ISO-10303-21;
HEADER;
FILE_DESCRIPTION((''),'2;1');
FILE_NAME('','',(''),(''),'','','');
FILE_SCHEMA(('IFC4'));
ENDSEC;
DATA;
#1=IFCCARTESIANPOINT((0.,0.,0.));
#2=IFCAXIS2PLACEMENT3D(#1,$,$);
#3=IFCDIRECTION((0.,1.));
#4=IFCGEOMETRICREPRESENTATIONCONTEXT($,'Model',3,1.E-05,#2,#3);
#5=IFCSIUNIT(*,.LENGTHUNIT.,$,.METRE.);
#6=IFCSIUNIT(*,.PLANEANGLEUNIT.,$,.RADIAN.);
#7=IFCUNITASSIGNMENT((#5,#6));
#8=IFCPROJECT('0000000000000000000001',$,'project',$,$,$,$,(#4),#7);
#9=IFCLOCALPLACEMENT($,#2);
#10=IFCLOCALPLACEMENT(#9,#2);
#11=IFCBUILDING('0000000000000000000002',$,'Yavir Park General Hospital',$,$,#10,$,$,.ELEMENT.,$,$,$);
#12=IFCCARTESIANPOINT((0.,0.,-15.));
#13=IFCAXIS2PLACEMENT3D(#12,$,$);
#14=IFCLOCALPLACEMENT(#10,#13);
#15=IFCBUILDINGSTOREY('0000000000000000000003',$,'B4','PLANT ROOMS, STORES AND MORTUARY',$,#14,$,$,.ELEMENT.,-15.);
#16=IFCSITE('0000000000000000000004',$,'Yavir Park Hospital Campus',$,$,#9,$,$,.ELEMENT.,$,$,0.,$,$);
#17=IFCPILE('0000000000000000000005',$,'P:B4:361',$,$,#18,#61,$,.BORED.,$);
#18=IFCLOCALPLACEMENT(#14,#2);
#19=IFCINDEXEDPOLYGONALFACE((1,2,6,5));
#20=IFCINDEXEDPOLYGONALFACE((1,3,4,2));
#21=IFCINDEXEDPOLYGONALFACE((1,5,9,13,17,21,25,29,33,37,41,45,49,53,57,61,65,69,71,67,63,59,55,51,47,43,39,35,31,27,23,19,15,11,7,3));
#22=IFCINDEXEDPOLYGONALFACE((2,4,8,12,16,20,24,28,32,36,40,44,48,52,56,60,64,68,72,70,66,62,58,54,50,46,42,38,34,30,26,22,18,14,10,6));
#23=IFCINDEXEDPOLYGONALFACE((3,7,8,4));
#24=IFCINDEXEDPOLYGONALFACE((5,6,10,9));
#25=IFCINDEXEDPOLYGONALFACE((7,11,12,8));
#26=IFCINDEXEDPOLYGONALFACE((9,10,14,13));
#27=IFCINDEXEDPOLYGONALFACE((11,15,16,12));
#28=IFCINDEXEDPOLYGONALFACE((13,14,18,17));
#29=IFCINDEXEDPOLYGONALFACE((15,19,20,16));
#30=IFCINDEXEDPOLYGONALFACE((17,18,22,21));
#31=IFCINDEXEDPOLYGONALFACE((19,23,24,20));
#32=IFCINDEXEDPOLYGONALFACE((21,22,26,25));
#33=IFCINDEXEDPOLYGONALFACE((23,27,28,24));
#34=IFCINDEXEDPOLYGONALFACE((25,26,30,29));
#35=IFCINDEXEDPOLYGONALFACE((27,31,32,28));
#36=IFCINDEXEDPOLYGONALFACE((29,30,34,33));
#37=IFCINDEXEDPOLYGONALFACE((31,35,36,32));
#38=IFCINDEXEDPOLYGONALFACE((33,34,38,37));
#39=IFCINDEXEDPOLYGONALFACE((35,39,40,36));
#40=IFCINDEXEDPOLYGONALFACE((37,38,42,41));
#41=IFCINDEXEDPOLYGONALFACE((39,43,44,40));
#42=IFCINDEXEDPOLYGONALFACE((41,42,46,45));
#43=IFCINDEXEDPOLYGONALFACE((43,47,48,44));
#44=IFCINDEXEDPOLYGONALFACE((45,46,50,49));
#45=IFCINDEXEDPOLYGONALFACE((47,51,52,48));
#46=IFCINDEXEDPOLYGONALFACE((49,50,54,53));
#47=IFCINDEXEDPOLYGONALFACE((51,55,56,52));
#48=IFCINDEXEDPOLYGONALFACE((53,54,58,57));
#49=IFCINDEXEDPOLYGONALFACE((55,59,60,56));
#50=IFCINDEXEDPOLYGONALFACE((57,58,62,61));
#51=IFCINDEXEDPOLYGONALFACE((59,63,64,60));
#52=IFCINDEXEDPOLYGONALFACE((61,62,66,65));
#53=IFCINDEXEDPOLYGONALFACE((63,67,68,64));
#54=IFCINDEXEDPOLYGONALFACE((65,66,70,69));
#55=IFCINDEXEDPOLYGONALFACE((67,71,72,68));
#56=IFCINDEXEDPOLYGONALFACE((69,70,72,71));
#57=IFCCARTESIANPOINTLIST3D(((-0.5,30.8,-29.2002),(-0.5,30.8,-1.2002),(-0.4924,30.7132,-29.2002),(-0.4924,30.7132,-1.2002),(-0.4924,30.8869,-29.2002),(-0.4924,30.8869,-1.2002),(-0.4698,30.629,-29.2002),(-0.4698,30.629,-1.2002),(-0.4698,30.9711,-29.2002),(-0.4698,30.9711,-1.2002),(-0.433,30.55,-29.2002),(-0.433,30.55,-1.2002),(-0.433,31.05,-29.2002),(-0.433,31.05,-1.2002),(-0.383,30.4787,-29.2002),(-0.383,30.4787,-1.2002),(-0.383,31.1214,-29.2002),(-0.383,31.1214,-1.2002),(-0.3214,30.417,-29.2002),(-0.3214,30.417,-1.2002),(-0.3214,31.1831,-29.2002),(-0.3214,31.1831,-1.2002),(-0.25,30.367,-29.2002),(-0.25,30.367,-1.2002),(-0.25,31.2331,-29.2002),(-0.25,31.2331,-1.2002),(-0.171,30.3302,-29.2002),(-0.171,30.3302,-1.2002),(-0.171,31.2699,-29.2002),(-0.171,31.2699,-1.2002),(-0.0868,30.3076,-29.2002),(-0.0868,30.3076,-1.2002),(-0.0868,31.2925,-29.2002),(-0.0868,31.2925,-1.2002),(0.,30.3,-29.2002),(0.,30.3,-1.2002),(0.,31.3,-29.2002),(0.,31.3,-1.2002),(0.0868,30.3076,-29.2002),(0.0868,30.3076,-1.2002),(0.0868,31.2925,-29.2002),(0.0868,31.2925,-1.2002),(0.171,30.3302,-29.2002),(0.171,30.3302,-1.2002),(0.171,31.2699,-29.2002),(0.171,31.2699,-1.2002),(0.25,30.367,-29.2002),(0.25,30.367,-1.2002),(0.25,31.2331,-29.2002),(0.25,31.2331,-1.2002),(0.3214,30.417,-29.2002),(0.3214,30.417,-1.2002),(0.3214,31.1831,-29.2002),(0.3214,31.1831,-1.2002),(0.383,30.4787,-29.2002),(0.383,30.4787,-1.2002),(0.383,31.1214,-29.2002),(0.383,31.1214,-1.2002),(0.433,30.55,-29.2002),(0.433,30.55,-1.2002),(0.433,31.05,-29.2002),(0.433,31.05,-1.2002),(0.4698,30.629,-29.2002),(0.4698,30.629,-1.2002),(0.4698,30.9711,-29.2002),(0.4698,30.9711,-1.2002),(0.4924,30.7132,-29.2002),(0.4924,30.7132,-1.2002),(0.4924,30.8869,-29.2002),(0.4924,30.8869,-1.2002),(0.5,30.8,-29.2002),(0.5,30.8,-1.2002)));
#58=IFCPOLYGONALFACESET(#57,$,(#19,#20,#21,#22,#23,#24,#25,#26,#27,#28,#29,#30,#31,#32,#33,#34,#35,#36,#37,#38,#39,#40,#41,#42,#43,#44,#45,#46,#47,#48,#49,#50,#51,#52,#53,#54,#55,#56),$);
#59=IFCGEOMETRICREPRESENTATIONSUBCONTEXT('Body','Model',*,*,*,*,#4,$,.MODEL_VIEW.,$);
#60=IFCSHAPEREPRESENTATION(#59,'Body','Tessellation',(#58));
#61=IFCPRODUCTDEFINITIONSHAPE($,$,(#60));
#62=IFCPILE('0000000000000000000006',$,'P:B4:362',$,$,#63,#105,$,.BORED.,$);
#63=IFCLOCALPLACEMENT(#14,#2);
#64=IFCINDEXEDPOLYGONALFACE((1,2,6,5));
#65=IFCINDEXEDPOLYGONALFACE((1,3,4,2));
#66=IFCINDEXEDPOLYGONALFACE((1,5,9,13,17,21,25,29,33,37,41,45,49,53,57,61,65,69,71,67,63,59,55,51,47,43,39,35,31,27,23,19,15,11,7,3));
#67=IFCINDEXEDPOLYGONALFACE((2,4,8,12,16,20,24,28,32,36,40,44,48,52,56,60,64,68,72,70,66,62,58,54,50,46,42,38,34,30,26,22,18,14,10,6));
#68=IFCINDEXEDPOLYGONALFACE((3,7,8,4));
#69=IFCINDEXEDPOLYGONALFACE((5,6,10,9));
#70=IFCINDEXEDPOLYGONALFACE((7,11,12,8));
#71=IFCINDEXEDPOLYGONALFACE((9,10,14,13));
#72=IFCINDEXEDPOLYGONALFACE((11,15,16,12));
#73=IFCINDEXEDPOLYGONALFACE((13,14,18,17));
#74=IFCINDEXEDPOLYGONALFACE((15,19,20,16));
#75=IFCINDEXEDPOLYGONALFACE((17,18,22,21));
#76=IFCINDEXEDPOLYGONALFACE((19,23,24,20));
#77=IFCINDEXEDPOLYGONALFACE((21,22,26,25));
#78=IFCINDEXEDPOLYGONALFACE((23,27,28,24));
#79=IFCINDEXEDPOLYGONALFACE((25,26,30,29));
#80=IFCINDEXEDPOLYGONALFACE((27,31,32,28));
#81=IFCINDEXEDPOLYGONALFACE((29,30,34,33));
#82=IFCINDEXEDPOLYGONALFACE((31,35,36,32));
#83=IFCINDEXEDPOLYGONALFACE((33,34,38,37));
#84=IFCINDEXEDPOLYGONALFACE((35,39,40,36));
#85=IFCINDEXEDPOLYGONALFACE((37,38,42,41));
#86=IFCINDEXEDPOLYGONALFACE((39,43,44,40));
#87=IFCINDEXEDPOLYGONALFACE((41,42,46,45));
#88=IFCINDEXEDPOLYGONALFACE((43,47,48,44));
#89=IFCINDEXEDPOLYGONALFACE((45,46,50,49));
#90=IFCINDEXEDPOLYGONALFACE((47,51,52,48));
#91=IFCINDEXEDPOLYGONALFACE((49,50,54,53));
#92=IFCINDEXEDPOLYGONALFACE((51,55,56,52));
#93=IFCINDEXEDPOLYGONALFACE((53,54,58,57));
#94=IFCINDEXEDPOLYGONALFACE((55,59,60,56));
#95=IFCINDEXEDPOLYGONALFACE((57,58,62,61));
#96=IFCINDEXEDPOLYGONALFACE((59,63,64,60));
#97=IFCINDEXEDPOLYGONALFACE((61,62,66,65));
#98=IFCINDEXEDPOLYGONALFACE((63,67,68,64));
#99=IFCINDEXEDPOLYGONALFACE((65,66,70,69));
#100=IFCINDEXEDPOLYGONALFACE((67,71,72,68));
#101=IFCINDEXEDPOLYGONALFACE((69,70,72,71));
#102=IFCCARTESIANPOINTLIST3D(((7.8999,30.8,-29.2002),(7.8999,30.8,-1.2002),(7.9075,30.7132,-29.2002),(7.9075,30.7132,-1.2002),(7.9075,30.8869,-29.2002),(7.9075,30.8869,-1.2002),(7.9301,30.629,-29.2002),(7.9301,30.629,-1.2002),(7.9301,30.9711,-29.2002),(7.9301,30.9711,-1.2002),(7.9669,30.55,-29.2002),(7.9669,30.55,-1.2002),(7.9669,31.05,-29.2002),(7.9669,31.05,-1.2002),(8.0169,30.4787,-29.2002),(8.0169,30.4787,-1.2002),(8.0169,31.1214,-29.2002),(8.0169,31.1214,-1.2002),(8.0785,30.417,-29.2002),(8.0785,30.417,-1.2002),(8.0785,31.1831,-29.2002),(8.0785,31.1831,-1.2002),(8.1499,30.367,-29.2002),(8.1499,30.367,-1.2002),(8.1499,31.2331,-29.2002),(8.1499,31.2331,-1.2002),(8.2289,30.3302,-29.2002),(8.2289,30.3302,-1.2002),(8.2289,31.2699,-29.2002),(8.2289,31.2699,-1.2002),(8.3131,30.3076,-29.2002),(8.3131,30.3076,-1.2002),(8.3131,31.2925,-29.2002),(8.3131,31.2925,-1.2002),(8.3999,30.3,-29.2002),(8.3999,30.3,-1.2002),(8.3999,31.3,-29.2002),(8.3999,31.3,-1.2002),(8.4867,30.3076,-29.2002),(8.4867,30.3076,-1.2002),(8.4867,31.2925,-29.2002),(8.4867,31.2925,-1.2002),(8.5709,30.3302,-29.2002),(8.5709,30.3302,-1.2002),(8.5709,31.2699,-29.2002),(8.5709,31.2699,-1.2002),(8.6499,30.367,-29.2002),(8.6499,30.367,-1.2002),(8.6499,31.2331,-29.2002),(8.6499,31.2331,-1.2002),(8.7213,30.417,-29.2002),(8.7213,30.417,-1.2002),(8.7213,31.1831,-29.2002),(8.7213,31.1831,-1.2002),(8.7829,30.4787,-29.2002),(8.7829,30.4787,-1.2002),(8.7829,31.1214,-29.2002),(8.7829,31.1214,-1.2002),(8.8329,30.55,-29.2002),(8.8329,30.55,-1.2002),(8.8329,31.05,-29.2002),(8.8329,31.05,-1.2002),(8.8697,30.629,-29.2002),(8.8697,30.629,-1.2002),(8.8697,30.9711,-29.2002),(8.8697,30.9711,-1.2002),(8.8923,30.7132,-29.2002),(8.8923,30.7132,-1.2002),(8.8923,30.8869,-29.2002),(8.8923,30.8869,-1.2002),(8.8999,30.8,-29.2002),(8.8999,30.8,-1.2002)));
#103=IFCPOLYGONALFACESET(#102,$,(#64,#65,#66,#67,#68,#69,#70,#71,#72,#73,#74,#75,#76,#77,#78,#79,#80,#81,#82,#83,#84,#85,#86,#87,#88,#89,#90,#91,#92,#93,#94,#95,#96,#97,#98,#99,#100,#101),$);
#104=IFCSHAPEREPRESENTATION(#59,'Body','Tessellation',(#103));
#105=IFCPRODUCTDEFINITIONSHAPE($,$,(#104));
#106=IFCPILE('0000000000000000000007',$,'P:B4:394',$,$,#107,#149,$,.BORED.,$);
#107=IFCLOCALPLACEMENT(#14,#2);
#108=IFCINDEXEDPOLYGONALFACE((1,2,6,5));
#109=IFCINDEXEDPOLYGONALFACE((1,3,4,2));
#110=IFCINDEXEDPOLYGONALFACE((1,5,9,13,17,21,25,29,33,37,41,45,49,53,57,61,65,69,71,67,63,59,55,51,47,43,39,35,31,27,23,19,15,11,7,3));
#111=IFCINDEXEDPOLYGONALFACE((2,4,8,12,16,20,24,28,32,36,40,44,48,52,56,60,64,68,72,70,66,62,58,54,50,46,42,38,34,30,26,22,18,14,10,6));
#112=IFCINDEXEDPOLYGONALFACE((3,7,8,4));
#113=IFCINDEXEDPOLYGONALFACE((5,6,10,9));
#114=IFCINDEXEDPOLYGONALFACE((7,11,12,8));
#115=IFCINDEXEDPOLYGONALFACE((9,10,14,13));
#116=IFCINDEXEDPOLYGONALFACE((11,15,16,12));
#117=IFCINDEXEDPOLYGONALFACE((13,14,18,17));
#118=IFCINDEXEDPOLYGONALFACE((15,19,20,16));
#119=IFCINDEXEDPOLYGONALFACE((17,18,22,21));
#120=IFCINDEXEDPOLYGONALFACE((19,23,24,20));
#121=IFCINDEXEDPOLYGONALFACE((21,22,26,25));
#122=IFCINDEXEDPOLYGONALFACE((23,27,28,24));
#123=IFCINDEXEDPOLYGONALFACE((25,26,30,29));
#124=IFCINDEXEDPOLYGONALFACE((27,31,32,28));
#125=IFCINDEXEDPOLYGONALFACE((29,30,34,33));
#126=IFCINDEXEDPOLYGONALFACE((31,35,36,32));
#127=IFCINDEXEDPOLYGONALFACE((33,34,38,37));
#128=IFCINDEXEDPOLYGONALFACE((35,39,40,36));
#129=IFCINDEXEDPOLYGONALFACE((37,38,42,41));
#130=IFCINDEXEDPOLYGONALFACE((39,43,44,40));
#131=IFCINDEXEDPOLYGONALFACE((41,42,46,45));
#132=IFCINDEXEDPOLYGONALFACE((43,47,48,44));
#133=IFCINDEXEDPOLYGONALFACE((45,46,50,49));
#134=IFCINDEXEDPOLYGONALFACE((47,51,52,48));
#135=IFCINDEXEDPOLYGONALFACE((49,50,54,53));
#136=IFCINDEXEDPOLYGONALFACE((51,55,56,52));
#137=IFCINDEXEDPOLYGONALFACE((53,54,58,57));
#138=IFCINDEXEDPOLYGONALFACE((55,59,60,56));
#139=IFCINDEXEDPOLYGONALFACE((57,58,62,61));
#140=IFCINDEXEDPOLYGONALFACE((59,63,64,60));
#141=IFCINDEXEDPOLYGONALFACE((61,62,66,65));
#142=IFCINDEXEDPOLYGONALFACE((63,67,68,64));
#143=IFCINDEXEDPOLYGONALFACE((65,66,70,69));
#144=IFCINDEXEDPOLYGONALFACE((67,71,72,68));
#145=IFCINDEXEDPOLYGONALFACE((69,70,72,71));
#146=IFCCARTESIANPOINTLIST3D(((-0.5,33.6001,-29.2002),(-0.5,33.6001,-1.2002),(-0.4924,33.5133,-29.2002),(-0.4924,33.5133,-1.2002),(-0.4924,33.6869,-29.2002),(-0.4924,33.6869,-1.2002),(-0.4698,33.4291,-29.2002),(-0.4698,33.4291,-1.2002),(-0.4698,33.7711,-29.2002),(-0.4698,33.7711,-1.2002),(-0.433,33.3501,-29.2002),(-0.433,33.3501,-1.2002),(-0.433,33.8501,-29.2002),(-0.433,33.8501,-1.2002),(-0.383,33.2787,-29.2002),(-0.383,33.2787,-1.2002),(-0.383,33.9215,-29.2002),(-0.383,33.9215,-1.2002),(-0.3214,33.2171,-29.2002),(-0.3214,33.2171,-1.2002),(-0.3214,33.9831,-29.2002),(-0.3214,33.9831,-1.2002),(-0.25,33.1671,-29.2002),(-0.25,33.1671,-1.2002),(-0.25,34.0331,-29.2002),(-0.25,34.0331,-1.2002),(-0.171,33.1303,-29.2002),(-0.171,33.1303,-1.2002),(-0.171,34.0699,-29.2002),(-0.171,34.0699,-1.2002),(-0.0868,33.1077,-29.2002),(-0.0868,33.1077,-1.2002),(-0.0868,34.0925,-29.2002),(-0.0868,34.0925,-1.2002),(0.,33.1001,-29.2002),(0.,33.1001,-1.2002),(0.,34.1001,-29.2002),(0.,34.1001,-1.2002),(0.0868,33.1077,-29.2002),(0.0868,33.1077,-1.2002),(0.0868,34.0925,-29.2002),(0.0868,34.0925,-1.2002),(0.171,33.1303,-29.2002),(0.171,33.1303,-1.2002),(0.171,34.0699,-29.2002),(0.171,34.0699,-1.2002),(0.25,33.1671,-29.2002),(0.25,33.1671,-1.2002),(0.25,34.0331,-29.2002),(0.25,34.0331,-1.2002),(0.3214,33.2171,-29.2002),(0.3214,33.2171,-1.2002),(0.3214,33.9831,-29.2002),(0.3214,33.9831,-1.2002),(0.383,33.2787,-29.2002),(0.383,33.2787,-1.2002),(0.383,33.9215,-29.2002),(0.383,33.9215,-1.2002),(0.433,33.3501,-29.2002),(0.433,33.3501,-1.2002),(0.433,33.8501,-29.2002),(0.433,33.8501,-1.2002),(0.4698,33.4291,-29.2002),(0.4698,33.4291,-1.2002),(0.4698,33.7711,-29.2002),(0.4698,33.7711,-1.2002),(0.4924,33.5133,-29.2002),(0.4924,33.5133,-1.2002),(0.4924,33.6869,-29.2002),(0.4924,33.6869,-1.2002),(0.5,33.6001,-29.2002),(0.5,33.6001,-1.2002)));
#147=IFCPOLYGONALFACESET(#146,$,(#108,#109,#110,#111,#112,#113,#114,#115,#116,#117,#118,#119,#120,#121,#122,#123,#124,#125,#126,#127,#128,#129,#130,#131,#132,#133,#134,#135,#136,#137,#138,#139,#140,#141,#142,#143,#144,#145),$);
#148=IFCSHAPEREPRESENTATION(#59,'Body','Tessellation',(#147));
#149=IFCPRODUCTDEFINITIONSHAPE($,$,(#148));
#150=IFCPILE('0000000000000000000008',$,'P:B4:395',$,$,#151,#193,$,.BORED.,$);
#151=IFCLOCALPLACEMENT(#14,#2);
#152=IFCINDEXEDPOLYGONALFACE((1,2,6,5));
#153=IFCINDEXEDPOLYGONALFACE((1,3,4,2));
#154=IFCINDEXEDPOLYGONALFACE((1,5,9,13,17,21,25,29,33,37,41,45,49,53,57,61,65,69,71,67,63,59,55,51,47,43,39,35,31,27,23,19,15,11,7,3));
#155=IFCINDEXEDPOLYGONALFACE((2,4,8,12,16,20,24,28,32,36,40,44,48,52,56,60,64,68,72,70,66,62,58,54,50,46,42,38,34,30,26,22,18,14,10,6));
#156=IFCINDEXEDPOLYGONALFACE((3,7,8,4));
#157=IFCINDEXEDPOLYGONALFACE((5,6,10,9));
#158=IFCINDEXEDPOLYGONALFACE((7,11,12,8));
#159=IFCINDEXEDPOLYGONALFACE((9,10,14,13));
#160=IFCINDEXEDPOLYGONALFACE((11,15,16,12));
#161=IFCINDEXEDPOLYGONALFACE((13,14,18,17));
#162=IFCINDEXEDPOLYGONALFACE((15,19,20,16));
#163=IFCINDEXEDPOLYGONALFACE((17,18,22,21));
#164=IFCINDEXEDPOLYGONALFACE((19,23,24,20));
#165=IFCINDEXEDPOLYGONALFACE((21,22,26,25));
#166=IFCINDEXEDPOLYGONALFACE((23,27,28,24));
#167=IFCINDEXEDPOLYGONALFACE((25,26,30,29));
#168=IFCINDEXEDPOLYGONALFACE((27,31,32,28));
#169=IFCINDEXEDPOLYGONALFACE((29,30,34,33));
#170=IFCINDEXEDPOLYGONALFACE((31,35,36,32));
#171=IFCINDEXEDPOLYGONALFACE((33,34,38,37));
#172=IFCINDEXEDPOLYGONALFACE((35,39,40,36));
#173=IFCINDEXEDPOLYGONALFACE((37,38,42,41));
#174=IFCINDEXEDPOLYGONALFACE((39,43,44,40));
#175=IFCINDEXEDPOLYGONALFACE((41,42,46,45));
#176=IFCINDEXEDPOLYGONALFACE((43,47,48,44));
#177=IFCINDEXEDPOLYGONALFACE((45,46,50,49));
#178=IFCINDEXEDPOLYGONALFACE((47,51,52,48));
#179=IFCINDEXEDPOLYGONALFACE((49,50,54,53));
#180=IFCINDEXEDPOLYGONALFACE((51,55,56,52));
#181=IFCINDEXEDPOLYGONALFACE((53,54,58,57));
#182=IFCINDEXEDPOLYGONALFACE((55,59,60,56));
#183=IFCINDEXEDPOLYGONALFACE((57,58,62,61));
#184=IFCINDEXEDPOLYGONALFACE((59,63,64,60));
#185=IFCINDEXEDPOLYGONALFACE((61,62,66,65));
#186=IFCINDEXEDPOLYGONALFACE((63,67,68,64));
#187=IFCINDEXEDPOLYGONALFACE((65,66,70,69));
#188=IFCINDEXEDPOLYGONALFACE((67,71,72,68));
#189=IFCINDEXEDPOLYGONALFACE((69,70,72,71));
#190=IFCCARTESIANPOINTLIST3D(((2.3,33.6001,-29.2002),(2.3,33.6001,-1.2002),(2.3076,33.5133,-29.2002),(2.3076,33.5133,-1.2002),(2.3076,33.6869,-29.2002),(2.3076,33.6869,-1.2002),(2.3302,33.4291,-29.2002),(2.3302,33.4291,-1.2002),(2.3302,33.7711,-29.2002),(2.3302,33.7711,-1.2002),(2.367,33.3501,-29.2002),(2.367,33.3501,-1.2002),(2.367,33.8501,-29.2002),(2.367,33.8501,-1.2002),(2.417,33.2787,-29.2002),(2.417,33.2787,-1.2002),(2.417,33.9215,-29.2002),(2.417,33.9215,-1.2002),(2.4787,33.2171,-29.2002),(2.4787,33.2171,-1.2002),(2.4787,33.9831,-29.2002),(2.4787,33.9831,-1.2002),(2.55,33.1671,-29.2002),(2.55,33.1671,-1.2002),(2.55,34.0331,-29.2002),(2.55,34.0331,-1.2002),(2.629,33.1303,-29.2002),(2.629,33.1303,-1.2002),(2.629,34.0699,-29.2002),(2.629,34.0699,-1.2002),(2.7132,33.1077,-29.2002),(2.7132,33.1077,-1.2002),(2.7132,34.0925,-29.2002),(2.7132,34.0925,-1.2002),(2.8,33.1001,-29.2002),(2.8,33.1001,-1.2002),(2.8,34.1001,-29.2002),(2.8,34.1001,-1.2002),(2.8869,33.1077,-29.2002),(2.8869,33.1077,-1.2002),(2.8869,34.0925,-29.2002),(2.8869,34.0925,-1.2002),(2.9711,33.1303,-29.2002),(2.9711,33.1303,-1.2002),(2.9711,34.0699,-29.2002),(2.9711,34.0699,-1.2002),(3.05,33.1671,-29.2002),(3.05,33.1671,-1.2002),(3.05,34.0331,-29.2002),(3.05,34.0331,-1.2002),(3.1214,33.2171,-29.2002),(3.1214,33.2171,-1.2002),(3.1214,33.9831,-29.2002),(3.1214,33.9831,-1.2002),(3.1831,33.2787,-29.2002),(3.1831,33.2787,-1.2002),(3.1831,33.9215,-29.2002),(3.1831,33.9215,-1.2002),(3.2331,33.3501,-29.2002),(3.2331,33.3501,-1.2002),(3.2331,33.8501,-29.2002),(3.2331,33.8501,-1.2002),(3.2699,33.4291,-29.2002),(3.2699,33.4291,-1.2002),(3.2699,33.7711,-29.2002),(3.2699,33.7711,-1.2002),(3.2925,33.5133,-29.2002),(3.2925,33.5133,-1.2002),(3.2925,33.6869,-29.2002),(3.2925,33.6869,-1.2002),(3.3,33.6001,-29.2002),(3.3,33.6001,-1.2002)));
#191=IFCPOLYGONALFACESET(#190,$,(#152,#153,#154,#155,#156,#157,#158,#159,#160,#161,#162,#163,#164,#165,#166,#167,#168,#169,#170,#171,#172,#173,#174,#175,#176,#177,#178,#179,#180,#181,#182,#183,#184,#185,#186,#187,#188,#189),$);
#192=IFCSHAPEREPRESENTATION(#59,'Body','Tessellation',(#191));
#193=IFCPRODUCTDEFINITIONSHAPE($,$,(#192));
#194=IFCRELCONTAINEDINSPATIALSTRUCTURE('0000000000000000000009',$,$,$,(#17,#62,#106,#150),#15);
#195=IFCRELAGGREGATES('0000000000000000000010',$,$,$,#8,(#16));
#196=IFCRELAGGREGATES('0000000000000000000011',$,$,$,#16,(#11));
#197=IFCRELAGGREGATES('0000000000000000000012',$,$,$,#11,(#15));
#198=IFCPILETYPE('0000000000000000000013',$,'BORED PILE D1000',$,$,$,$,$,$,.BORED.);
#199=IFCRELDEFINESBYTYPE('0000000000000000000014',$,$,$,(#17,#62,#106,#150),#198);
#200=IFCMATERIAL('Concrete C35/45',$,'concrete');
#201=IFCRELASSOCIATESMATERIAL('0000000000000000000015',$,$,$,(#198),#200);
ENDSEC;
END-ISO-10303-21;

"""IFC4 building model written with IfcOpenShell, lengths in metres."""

from ifc_helpers import new_model, si_unit, direction, frame, origin, origin_2d, place, context, subcontext, project, spatial, circle, extrude, material, material_profile, profile_set, type_object, element, save


model = new_model("IFC4")

# Units and contexts
model_context = context("Model", 3, precision=1e-05, world=origin(), true_north=direction((0.0, 1.0)))
body_context = subcontext(model_context, "Body", "Model", "MODEL_VIEW")
ifc_project = project(units=[si_unit("LENGTHUNIT", "METRE"), si_unit("PLANEANGLEUNIT", "RADIAN")], contexts=[model_context])

# Site, building, storey
site_placement = place(None, origin())
site = spatial("IfcSite", under=ifc_project, at=site_placement, Name="Yavir Park Hospital Campus", CompositionType="ELEMENT", RefElevation=0.0)
building_placement = place(site_placement, origin())
building = spatial("IfcBuilding", under=site, at=building_placement, Name="Yavir Park General Hospital", CompositionType="ELEMENT")
storey_placement = place(building_placement, frame((0.0, 0.0, -15.0)))
storey = spatial("IfcBuildingStorey", under=building, at=storey_placement, Name="B4", Description="PLANT ROOMS, STORES AND MORTUARY", CompositionType="ELEMENT", Elevation=-15.0)

# Piles
ifc_material_1 = material(Name="Concrete C35/45", Category="concrete")
ifc_material_profile_1 = material_profile(ifc_material_1, circle(Radius=0.5, at=origin_2d()), Name="D1000")
ifc_profile_set_1 = profile_set([ifc_material_profile_1], Name="Concrete C35/45")
pile_type_1 = type_object("IfcPileType", Name="BORED PILE D1000", PredefinedType="BORED", material=ifc_profile_set_1)
for number, where, z_axis, x_axis, name in (
    (1, (0.0, 30.8, -1.2002), (0.0, 0.0, -1.0), (1.0, 0.0, 0.0), "P:B4:361"),
    (2, (8.3999, 30.8, -1.2002), (0.0, 0.0, -1.0), (1.0, 0.0, 0.0), "P:B4:362"),
    (3, (0.0, 33.6001, -1.2002), (0.0, 0.0, -1.0), (1.0, 0.0, 0.0), "P:B4:394"),
    (4, (2.8, 33.6001, -1.2002), (0.0, 0.0, -1.0), (1.0, 0.0, 0.0), "P:B4:395"),
):
    element("IfcPile", number, at=place(storey_placement, frame(where, z_axis=z_axis, x_axis=x_axis)), inside=storey, type_object=pile_type_1, Name=name, PredefinedType="BORED", context=body_context, shape_type="SweptSolid", body=[
        extrude(circle(Radius=0.5, at=origin_2d()), origin(), (0.0, 0.0, 1.0), 28.0),
    ])

save(model, "model.ifc")
